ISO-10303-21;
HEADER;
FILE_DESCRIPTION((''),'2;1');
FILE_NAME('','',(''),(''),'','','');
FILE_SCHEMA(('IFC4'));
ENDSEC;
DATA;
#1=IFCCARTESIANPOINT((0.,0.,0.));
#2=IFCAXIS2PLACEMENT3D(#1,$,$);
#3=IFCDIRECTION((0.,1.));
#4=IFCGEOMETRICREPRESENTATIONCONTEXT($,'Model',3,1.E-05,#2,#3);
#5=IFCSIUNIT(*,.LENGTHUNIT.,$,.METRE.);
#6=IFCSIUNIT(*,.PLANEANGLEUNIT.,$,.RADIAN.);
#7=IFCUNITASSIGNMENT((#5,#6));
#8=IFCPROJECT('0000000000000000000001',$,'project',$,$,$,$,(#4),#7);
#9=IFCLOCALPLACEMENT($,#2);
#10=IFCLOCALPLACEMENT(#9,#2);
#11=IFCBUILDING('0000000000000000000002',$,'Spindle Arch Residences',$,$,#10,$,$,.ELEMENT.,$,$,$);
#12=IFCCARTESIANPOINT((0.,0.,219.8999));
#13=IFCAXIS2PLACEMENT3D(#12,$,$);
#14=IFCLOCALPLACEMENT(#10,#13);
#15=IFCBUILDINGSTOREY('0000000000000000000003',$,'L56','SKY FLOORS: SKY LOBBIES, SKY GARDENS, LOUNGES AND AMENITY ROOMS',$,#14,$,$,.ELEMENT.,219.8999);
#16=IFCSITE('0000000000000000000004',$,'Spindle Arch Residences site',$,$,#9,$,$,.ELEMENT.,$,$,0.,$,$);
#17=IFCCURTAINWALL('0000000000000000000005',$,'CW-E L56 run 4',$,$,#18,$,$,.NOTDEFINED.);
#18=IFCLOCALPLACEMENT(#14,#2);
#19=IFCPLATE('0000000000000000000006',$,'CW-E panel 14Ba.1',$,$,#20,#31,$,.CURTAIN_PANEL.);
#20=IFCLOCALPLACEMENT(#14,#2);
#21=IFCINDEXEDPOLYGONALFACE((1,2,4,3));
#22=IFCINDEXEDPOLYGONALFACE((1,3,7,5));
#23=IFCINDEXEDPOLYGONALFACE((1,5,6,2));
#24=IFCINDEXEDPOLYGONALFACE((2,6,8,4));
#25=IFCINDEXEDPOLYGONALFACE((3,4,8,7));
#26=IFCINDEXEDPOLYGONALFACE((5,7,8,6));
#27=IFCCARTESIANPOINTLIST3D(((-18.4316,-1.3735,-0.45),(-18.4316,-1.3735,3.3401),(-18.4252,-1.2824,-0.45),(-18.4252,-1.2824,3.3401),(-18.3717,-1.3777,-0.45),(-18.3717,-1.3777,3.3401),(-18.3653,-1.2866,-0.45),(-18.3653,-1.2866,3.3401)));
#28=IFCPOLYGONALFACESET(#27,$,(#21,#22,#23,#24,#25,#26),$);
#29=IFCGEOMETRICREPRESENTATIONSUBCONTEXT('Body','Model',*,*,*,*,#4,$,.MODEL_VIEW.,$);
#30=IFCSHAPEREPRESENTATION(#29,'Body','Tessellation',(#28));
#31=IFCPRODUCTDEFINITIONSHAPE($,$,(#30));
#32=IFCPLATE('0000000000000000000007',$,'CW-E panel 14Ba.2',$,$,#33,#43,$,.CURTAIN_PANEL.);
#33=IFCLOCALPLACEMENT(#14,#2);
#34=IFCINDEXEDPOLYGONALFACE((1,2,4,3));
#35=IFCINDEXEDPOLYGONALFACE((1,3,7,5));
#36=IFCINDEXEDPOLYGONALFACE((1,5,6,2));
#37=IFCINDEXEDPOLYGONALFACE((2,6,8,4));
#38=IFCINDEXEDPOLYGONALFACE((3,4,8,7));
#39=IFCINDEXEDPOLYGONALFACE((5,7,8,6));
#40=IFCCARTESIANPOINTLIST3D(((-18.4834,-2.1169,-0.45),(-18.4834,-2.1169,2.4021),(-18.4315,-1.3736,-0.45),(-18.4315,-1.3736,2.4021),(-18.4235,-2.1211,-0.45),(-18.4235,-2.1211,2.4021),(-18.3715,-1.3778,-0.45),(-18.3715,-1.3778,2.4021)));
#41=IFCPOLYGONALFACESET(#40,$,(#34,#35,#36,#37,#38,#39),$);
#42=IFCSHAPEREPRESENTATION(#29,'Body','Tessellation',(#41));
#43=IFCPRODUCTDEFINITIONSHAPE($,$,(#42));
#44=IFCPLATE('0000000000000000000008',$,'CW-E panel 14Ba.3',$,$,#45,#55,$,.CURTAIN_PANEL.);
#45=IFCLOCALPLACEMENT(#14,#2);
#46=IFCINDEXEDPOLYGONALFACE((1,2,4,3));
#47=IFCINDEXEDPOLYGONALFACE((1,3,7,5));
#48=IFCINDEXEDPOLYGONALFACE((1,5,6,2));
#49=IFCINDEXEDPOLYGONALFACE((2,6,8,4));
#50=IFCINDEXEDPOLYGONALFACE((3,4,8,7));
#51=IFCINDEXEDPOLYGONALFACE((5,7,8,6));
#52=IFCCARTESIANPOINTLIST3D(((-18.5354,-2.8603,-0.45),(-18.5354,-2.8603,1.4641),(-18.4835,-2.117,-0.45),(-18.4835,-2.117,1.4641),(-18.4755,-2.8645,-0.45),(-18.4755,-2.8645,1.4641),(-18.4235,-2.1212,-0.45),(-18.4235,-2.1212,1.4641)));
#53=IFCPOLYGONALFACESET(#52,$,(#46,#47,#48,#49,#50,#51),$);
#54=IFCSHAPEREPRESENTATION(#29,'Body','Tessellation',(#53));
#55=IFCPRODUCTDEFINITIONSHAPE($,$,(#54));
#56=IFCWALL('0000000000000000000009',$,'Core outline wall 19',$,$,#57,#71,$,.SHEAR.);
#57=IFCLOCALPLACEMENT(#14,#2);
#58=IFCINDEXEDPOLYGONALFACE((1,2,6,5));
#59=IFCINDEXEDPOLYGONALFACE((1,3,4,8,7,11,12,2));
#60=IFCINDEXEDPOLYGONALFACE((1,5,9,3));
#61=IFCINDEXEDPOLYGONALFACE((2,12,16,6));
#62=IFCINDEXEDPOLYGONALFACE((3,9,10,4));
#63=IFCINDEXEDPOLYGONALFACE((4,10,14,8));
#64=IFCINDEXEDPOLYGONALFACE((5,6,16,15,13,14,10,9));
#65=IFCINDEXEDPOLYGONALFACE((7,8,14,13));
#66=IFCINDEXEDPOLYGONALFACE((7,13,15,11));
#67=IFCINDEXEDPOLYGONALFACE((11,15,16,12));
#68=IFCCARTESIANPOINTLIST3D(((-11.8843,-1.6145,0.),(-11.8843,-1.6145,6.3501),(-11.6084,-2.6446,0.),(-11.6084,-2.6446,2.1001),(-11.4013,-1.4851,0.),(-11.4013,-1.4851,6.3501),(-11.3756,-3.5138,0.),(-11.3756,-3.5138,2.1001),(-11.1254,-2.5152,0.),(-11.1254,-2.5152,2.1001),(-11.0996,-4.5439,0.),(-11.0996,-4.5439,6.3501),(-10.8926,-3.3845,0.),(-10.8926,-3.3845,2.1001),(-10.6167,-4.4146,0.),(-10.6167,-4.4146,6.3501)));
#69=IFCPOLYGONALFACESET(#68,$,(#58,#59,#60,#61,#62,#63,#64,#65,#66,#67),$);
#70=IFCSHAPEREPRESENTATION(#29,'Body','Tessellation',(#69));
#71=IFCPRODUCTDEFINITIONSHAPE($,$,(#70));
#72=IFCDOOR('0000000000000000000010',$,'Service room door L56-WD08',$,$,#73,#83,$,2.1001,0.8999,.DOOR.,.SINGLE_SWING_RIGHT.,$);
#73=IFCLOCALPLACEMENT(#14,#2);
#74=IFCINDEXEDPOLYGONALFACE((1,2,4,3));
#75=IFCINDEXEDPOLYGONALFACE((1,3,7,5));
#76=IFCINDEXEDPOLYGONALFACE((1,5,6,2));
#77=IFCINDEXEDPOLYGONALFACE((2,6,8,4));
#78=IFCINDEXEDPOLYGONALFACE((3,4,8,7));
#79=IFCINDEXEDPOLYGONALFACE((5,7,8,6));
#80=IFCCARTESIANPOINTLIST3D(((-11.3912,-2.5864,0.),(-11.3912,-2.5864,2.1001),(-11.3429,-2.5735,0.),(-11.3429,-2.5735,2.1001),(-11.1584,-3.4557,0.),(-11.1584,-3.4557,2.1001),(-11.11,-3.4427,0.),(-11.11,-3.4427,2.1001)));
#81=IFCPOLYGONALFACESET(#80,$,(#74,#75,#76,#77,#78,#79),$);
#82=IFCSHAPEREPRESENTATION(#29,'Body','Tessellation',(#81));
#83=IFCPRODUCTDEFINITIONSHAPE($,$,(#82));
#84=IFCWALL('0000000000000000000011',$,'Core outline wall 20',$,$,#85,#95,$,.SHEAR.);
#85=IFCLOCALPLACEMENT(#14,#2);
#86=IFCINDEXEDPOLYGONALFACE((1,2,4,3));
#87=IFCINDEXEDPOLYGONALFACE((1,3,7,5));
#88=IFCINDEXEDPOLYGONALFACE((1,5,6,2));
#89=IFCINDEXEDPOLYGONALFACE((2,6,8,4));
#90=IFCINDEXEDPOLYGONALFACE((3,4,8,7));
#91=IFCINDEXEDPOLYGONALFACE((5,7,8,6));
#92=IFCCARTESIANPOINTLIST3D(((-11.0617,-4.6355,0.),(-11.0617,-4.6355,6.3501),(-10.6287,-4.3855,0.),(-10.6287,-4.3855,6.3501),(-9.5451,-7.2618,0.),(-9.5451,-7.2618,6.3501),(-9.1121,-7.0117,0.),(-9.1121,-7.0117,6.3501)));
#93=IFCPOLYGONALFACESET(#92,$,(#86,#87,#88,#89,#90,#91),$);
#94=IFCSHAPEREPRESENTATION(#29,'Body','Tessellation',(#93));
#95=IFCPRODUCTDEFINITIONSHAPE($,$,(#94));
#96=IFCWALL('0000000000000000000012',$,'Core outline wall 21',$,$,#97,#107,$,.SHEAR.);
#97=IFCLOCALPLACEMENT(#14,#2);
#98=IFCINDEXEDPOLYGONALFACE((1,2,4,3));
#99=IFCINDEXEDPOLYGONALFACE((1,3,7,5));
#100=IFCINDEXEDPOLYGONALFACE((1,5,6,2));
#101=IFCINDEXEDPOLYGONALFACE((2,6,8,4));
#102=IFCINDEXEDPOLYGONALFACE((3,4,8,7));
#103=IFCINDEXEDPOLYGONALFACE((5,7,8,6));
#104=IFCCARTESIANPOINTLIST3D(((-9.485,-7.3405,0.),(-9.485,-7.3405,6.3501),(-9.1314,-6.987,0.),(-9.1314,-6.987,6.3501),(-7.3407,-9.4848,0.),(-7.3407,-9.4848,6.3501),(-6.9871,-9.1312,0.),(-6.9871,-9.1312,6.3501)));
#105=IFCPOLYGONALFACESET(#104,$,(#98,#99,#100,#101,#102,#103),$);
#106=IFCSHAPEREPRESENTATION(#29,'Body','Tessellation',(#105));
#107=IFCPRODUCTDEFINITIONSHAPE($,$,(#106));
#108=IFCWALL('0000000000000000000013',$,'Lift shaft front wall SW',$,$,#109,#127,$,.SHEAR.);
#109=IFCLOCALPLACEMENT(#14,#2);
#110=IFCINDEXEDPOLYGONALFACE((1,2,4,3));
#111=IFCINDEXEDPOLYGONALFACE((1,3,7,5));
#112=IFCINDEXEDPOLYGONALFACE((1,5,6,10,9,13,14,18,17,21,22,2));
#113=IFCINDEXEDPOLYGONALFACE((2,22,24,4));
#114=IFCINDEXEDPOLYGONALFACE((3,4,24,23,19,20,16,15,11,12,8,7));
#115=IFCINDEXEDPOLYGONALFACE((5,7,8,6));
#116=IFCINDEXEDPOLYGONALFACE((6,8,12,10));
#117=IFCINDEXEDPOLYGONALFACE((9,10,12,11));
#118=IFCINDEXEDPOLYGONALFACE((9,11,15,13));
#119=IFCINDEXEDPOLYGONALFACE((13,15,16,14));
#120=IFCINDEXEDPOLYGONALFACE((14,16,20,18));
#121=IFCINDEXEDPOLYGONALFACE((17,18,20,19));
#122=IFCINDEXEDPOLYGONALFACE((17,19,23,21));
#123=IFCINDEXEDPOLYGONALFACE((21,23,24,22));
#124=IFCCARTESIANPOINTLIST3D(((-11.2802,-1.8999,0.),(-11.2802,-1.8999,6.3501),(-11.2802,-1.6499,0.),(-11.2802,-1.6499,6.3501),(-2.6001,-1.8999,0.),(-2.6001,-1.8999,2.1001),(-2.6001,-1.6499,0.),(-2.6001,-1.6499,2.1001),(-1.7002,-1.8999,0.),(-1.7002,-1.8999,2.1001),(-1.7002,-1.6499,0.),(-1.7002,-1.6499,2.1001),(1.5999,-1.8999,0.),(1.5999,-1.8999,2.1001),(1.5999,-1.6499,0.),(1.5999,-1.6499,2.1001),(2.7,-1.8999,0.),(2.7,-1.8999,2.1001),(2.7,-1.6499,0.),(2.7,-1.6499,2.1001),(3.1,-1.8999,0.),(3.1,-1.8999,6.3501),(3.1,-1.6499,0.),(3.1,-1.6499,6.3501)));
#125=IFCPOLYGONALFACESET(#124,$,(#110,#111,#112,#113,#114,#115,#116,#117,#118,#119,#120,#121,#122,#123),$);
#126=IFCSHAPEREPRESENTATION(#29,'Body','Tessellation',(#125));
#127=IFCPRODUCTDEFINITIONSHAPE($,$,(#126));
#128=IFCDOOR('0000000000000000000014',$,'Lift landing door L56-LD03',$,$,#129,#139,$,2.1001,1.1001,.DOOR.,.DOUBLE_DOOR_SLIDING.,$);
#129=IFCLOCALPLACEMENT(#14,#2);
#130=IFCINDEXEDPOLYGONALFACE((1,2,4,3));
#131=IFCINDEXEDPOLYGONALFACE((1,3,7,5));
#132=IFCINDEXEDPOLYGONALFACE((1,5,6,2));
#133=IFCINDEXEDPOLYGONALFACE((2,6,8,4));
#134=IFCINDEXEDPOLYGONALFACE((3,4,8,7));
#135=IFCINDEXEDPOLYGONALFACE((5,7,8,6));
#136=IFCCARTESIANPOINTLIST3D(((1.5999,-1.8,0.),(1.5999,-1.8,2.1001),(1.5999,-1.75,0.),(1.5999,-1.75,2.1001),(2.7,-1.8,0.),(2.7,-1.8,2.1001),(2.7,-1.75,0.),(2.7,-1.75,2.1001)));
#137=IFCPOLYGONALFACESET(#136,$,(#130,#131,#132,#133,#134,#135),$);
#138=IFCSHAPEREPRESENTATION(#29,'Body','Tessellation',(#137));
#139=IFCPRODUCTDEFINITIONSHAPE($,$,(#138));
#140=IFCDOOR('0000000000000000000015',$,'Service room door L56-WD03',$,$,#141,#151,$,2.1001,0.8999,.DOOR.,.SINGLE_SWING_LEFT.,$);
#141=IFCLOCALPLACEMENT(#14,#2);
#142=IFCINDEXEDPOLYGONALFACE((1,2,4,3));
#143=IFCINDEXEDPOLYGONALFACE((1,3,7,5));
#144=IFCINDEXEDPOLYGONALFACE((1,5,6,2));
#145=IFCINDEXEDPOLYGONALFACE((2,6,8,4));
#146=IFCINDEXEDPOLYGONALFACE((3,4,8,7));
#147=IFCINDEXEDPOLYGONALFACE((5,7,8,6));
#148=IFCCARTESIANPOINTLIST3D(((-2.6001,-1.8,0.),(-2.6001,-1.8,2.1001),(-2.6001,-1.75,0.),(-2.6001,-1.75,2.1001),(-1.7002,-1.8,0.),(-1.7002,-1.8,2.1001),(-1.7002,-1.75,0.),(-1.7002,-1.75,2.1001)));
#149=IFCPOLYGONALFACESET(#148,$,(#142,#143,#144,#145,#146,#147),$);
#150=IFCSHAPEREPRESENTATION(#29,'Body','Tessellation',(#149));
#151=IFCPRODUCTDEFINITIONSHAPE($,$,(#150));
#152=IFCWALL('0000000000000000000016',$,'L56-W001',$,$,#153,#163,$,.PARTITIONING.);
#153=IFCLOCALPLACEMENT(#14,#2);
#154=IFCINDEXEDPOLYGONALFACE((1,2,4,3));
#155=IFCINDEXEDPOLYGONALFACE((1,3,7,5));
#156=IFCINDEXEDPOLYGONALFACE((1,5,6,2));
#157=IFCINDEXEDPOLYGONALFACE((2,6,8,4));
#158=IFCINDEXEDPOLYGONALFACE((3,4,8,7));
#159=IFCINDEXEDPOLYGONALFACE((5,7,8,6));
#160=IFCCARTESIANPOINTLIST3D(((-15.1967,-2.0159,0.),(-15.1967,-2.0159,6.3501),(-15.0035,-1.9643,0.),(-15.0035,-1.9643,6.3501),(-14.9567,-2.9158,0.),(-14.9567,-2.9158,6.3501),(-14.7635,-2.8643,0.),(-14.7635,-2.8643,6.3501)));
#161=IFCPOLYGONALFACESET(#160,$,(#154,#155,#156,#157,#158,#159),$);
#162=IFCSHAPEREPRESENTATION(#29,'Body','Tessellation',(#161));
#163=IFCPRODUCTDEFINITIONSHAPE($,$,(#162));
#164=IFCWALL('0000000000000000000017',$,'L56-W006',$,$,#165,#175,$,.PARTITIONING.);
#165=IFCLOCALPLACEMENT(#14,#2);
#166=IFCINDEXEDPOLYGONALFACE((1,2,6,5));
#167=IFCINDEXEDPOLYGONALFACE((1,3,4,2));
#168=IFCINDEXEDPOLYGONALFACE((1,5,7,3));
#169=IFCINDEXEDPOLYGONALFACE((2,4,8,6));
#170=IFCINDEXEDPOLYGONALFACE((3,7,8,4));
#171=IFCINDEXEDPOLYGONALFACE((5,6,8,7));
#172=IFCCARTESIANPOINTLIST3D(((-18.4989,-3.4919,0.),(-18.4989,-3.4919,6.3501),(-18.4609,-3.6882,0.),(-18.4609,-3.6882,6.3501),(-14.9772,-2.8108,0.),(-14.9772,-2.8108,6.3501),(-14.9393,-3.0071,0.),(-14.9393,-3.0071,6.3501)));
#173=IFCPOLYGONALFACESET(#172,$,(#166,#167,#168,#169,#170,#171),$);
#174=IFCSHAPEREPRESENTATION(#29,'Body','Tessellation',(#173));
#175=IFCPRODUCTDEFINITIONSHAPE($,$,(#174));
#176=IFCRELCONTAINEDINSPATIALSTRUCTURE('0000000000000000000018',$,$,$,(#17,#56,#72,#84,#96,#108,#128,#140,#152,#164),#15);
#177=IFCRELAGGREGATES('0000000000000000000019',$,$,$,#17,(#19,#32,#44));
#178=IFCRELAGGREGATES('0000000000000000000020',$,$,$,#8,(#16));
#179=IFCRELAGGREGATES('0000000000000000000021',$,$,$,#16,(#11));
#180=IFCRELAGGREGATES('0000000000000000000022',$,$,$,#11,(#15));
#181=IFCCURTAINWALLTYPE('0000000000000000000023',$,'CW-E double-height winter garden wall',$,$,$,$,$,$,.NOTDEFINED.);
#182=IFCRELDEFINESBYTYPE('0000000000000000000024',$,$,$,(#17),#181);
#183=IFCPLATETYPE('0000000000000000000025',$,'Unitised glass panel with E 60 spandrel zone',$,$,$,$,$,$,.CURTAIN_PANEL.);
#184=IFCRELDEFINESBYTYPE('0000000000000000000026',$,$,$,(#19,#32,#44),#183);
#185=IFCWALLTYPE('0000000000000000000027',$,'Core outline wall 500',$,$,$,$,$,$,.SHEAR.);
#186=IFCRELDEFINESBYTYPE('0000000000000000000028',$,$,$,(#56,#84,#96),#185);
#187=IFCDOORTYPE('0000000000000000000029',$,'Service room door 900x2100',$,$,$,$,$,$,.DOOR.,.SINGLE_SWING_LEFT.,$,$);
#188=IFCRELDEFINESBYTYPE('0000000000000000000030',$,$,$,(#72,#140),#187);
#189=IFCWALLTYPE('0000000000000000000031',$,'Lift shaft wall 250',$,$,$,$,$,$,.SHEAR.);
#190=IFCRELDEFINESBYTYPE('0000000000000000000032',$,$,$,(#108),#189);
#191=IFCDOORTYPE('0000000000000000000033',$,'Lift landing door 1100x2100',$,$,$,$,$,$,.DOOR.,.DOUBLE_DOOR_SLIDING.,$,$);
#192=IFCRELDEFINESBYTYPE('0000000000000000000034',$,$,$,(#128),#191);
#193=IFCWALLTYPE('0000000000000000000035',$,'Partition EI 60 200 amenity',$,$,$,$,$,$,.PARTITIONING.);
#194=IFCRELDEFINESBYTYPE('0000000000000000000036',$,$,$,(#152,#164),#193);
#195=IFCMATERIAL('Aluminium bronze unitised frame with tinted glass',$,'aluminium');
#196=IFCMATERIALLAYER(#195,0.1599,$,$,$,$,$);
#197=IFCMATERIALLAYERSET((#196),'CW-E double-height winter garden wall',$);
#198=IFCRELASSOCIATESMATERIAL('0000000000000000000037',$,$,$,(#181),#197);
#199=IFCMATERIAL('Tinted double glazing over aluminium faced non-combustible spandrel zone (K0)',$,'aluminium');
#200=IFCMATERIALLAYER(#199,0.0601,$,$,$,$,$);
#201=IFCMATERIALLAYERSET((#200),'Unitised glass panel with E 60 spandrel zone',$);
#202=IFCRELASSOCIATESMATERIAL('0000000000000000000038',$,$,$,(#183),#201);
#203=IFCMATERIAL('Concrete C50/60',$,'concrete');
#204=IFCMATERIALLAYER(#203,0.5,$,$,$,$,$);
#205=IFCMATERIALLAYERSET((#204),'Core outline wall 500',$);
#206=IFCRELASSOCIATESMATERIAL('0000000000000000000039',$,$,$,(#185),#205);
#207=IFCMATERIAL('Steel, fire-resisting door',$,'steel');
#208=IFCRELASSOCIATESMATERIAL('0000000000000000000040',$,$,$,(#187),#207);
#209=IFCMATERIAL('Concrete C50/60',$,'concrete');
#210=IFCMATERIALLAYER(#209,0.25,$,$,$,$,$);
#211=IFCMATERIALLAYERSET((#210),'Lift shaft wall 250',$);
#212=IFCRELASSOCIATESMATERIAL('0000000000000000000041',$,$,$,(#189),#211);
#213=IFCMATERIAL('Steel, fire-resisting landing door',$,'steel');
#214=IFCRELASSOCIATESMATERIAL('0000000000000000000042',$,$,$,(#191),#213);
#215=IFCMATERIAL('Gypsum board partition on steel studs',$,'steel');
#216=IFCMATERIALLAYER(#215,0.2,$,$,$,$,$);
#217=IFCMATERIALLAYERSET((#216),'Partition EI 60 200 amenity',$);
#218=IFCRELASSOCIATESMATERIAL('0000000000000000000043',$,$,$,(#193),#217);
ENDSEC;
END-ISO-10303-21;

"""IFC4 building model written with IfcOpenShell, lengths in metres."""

from ifc_helpers import new_model, si_unit, direction, frame, frame_2d, origin, origin_2d, place, context, subcontext, project, spatial, rectangle, extrude, material, layer, layer_set, type_object, element, fill, aggregate, save


model = new_model("IFC4")

# Units and contexts
model_context = context("Model", 3, precision=1e-05, world=origin(), true_north=direction((0.0, 1.0)))
body_context = subcontext(model_context, "Body", "Model", "MODEL_VIEW")
ifc_project = project(units=[si_unit("LENGTHUNIT", "METRE"), si_unit("PLANEANGLEUNIT", "RADIAN")], contexts=[model_context])

# Site, building, storey
site_placement = place(None, origin())
site = spatial("IfcSite", under=ifc_project, at=site_placement, Name="Spindle Arch Residences site", CompositionType="ELEMENT", RefElevation=0.0)
building_placement = place(site_placement, origin())
building = spatial("IfcBuilding", under=site, at=building_placement, Name="Spindle Arch Residences", CompositionType="ELEMENT")
storey_placement = place(building_placement, frame((0.0, 0.0, 219.8999)))
storey = spatial("IfcBuildingStorey", under=building, at=storey_placement, Name="L56", Description="SKY FLOORS: SKY LOBBIES, SKY GARDENS, LOUNGES AND AMENITY ROOMS", CompositionType="ELEMENT", Elevation=219.8999)

# Curtain wall
ifc_material_1 = material(Name="Aluminium bronze unitised frame with tinted glass", Category="aluminium")
ifc_layer_1 = layer(ifc_material_1, 0.1599)
ifc_layer_set_1 = layer_set([ifc_layer_1], Name="CW-E double-height winter garden wall")
curtain_wall_type = type_object("IfcCurtainWallType", Name="CW-E double-height winter garden wall", PredefinedType="NOTDEFINED", material=ifc_layer_set_1)
curtain_wall_placement = place(storey_placement, origin())
curtain_wall = element("IfcCurtainWall", 1, at=curtain_wall_placement, inside=storey, type_object=curtain_wall_type, Name="CW-E L56 run 4", PredefinedType="NOTDEFINED")

# Plates
ifc_material_2 = material(Name="Tinted double glazing over aluminium faced non-combustible spandrel zone (K0)", Category="aluminium")
ifc_layer_2 = layer(ifc_material_2, 0.0601)
ifc_layer_set_2 = layer_set([ifc_layer_2], Name="Unitised glass panel with E 60 spandrel zone")
plate_type_1 = type_object("IfcPlateType", Name="Unitised glass panel with E 60 spandrel zone", PredefinedType="CURTAIN_PANEL", material=ifc_layer_set_2)
plate_1_placement = place(storey_placement, frame((-18.3984, -1.3301, -0.45), z_axis=(0.0, 0.0, 1.0), x_axis=(-0.069756, -0.997564, 0.0)))
plate_1 = element("IfcPlate", 2, at=plate_1_placement, type_object=plate_type_1, Name="CW-E panel 14Ba.1", PredefinedType="CURTAIN_PANEL", context=body_context, shape_type="SweptSolid", body=[
    extrude(rectangle(XDim=0.0913, YDim=0.0601, at=origin_2d()), origin(), (0.0, 0.0, 1.0), 3.79),
])
plate_2_placement = place(storey_placement, frame((-18.4275, -1.7473, -0.45), z_axis=(0.0, 0.0, 1.0), x_axis=(-0.069756, -0.997564, 0.0)))
plate_2 = element("IfcPlate", 3, at=plate_2_placement, type_object=plate_type_1, Name="CW-E panel 14Ba.2", PredefinedType="CURTAIN_PANEL", context=body_context, shape_type="SweptSolid", body=[
    extrude(rectangle(XDim=0.7451, YDim=0.0601, at=origin_2d()), origin(), (0.0, 0.0, 1.0), 2.8521),
])
plate_3_placement = place(storey_placement, frame((-18.4795, -2.4907, -0.45), z_axis=(0.0, 0.0, 1.0), x_axis=(-0.069756, -0.997564, 0.0)))
plate_3 = element("IfcPlate", 4, at=plate_3_placement, type_object=plate_type_1, Name="CW-E panel 14Ba.3", PredefinedType="CURTAIN_PANEL", context=body_context, shape_type="SweptSolid", body=[
    extrude(rectangle(XDim=0.7451, YDim=0.0601, at=origin_2d()), origin(), (0.0, 0.0, 1.0), 1.9141),
])
aggregate(curtain_wall, [plate_1, plate_2, plate_3])

# Wall, opening, door
ifc_material_3 = material(Name="Concrete C50/60", Category="concrete")
ifc_layer_3 = layer(ifc_material_3, 0.5)
ifc_layer_set_3 = layer_set([ifc_layer_3], Name="Core outline wall 500")
wall_type_1 = type_object("IfcWallType", Name="Core outline wall 500", PredefinedType="SHEAR", material=ifc_layer_set_3)
wall_1_placement = place(storey_placement, frame((-11.6428, -1.5498, 0.0), z_axis=(0.0, 0.0, 1.0), x_axis=(0.258735, -0.965948, 0.0)))
wall_1 = element("IfcWall", 5, at=wall_1_placement, inside=storey, type_object=wall_type_1, Name="Core outline wall 19", PredefinedType="SHEAR", context=body_context, shape_type="SweptSolid", body=[
    extrude(rectangle(XDim=3.0327, YDim=0.5, at=frame_2d((1.5164, 0.0))), origin(), (0.0, 0.0, 1.0), 6.3501),
])
opening_1_placement = place(wall_1_placement, frame((1.0664, 0.0, 0.0)))
opening_1 = element("IfcOpeningElement", 6, at=opening_1_placement, cuts=wall_1, PredefinedType="OPENING", context=body_context, shape_type="SweptSolid", body=[
    extrude(rectangle(XDim=0.8999, YDim=2.1001, at=frame_2d((0.45, 1.05))), frame((0.0, 0.26, 0.0), z_axis=(0.0, -1.0, 0.0), x_axis=(1.0, 0.0, 0.0)), (0.0, 0.0, 1.0), 0.52),
])
ifc_material_4 = material(Name="Steel, fire-resisting door", Category="steel")
door_type_1 = type_object("IfcDoorType", Name="Service room door 900x2100", OperationType="SINGLE_SWING_LEFT", PredefinedType="DOOR", material=ifc_material_4)
door_1_placement = place(opening_1_placement, origin())
door_1 = element("IfcDoor", 7, at=door_1_placement, inside=storey, type_object=door_type_1, Name="Service room door L56-WD08", OperationType="SINGLE_SWING_RIGHT", OverallHeight=2.1001, OverallWidth=0.8999, PredefinedType="DOOR", context=body_context, shape_type="SweptSolid", body=[
    extrude(rectangle(XDim=0.8999, YDim=2.1001, at=frame_2d((0.45, 1.05))), frame((0.0, 0.0249, 0.0), z_axis=(0.0, -1.0, 0.0), x_axis=(1.0, 0.0, 0.0)), (0.0, 0.0, 1.0), 0.05),
])
fill(opening_1, door_1)

# Walls
wall_2_placement = place(storey_placement, frame((-10.8452, -4.5105, 0.0), z_axis=(0.0, 0.0, 1.0), x_axis=(0.500087, -0.865975, 0.0)))
element("IfcWall", 8, at=wall_2_placement, inside=storey, type_object=wall_type_1, Name="Core outline wall 20", PredefinedType="SHEAR", context=body_context, shape_type="SweptSolid", body=[
    extrude(rectangle(XDim=3.0327, YDim=0.5, at=frame_2d((1.5164, 0.0))), origin(), (0.0, 0.0, 1.0), 6.3501),
])
wall_3_placement = place(storey_placement, frame((-9.3081, -7.1638, 0.0), z_axis=(0.0, 0.0, 1.0), x_axis=(0.707107, -0.707107, 0.0)))
element("IfcWall", 9, at=wall_3_placement, inside=storey, type_object=wall_type_1, Name="Core outline wall 21", PredefinedType="SHEAR", context=body_context, shape_type="SweptSolid", body=[
    extrude(rectangle(XDim=3.0325, YDim=0.5, at=frame_2d((1.5161, 0.0))), origin(), (0.0, 0.0, 1.0), 6.3501),
])

# Wall, openings, doors
ifc_material_5 = material(Name="Concrete C50/60", Category="concrete")
ifc_layer_4 = layer(ifc_material_5, 0.25)
ifc_layer_set_4 = layer_set([ifc_layer_4], Name="Lift shaft wall 250")
wall_type_2 = type_object("IfcWallType", Name="Lift shaft wall 250", PredefinedType="SHEAR", material=ifc_layer_set_4)
wall_4_placement = place(storey_placement, frame((-11.28, -1.7749, 0.0), z_axis=(0.0, 0.0, 1.0), x_axis=(1.0, 0.0, 0.0)))
wall_4 = element("IfcWall", 10, at=wall_4_placement, inside=storey, type_object=wall_type_2, Name="Lift shaft front wall SW", PredefinedType="SHEAR", context=body_context, shape_type="SweptSolid", body=[
    extrude(rectangle(XDim=14.3801, YDim=0.25, at=frame_2d((7.1899, 0.0))), origin(), (0.0, 0.0, 1.0), 6.3501),
])
opening_2_placement = place(wall_4_placement, frame((12.8799, 0.0, 0.0)))
opening_2 = element("IfcOpeningElement", 11, at=opening_2_placement, cuts=wall_4, PredefinedType="OPENING", context=body_context, shape_type="SweptSolid", body=[
    extrude(rectangle(XDim=1.1001, YDim=2.1001, at=frame_2d((0.55, 1.05))), frame((0.0, 0.135, 0.0), z_axis=(0.0, -1.0, 0.0), x_axis=(1.0, 0.0, 0.0)), (0.0, 0.0, 1.0), 0.27),
])
opening_3_placement = place(wall_4_placement, frame((8.6799, 0.0, 0.0)))
opening_3 = element("IfcOpeningElement", 12, at=opening_3_placement, cuts=wall_4, PredefinedType="OPENING", context=body_context, shape_type="SweptSolid", body=[
    extrude(rectangle(XDim=0.8999, YDim=2.1001, at=frame_2d((0.45, 1.05))), frame((0.0, 0.135, 0.0), z_axis=(0.0, -1.0, 0.0), x_axis=(1.0, 0.0, 0.0)), (0.0, 0.0, 1.0), 0.27),
])
ifc_material_6 = material(Name="Steel, fire-resisting landing door", Category="steel")
door_type_2 = type_object("IfcDoorType", Name="Lift landing door 1100x2100", OperationType="DOUBLE_DOOR_SLIDING", PredefinedType="DOOR", material=ifc_material_6)
door_2_placement = place(opening_2_placement, origin())
door_2 = element("IfcDoor", 13, at=door_2_placement, inside=storey, type_object=door_type_2, Name="Lift landing door L56-LD03", OperationType="DOUBLE_DOOR_SLIDING", OverallHeight=2.1001, OverallWidth=1.1001, PredefinedType="DOOR", context=body_context, shape_type="SweptSolid", body=[
    extrude(rectangle(XDim=1.1001, YDim=2.1001, at=frame_2d((0.55, 1.05))), frame((0.0, 0.0249, 0.0), z_axis=(0.0, -1.0, 0.0), x_axis=(1.0, 0.0, 0.0)), (0.0, 0.0, 1.0), 0.05),
])
fill(opening_2, door_2)
door_3_placement = place(opening_3_placement, origin())
door_3 = element("IfcDoor", 14, at=door_3_placement, inside=storey, type_object=door_type_1, Name="Service room door L56-WD03", OperationType="SINGLE_SWING_LEFT", OverallHeight=2.1001, OverallWidth=0.8999, PredefinedType="DOOR", context=body_context, shape_type="SweptSolid", body=[
    extrude(rectangle(XDim=0.8999, YDim=2.1001, at=frame_2d((0.45, 1.05))), frame((0.0, 0.0249, 0.0), z_axis=(0.0, -1.0, 0.0), x_axis=(1.0, 0.0, 0.0)), (0.0, 0.0, 1.0), 0.05),
])
fill(opening_3, door_3)

# Walls
ifc_material_7 = material(Name="Gypsum board partition on steel studs", Category="steel")
ifc_layer_5 = layer(ifc_material_7, 0.2)
ifc_layer_set_5 = layer_set([ifc_layer_5], Name="Partition EI 60 200 amenity")
wall_type_3 = type_object("IfcWallType", Name="Partition EI 60 200 amenity", PredefinedType="PARTITIONING", material=ifc_layer_set_5)
wall_5_placement = place(storey_placement, frame((-15.1001, -1.99, 0.0), z_axis=(0.0, 0.0, 1.0), x_axis=(0.257679, -0.966231, 0.0)))
element("IfcWall", 15, at=wall_5_placement, inside=storey, type_object=wall_type_3, Name="L56-W001", PredefinedType="PARTITIONING", context=body_context, shape_type="SweptSolid", body=[
    extrude(rectangle(XDim=0.9314, YDim=0.2, at=frame_2d((0.4658, 0.0))), origin(), (0.0, 0.0, 1.0), 6.3501),
])
wall_6_placement = place(storey_placement, frame((-14.9583, -2.9089, 0.0), z_axis=(0.0, 0.0, 1.0), x_axis=(-0.981804, -0.189895, 0.0)))
element("IfcWall", 16, at=wall_6_placement, inside=storey, type_object=wall_type_3, Name="L56-W006", PredefinedType="PARTITIONING", context=body_context, shape_type="SweptSolid", body=[
    extrude(rectangle(XDim=3.5869, YDim=0.2, at=frame_2d((1.7935, 0.0))), origin(), (0.0, 0.0, 1.0), 6.3501),
])

save(model, "model.ifc")
